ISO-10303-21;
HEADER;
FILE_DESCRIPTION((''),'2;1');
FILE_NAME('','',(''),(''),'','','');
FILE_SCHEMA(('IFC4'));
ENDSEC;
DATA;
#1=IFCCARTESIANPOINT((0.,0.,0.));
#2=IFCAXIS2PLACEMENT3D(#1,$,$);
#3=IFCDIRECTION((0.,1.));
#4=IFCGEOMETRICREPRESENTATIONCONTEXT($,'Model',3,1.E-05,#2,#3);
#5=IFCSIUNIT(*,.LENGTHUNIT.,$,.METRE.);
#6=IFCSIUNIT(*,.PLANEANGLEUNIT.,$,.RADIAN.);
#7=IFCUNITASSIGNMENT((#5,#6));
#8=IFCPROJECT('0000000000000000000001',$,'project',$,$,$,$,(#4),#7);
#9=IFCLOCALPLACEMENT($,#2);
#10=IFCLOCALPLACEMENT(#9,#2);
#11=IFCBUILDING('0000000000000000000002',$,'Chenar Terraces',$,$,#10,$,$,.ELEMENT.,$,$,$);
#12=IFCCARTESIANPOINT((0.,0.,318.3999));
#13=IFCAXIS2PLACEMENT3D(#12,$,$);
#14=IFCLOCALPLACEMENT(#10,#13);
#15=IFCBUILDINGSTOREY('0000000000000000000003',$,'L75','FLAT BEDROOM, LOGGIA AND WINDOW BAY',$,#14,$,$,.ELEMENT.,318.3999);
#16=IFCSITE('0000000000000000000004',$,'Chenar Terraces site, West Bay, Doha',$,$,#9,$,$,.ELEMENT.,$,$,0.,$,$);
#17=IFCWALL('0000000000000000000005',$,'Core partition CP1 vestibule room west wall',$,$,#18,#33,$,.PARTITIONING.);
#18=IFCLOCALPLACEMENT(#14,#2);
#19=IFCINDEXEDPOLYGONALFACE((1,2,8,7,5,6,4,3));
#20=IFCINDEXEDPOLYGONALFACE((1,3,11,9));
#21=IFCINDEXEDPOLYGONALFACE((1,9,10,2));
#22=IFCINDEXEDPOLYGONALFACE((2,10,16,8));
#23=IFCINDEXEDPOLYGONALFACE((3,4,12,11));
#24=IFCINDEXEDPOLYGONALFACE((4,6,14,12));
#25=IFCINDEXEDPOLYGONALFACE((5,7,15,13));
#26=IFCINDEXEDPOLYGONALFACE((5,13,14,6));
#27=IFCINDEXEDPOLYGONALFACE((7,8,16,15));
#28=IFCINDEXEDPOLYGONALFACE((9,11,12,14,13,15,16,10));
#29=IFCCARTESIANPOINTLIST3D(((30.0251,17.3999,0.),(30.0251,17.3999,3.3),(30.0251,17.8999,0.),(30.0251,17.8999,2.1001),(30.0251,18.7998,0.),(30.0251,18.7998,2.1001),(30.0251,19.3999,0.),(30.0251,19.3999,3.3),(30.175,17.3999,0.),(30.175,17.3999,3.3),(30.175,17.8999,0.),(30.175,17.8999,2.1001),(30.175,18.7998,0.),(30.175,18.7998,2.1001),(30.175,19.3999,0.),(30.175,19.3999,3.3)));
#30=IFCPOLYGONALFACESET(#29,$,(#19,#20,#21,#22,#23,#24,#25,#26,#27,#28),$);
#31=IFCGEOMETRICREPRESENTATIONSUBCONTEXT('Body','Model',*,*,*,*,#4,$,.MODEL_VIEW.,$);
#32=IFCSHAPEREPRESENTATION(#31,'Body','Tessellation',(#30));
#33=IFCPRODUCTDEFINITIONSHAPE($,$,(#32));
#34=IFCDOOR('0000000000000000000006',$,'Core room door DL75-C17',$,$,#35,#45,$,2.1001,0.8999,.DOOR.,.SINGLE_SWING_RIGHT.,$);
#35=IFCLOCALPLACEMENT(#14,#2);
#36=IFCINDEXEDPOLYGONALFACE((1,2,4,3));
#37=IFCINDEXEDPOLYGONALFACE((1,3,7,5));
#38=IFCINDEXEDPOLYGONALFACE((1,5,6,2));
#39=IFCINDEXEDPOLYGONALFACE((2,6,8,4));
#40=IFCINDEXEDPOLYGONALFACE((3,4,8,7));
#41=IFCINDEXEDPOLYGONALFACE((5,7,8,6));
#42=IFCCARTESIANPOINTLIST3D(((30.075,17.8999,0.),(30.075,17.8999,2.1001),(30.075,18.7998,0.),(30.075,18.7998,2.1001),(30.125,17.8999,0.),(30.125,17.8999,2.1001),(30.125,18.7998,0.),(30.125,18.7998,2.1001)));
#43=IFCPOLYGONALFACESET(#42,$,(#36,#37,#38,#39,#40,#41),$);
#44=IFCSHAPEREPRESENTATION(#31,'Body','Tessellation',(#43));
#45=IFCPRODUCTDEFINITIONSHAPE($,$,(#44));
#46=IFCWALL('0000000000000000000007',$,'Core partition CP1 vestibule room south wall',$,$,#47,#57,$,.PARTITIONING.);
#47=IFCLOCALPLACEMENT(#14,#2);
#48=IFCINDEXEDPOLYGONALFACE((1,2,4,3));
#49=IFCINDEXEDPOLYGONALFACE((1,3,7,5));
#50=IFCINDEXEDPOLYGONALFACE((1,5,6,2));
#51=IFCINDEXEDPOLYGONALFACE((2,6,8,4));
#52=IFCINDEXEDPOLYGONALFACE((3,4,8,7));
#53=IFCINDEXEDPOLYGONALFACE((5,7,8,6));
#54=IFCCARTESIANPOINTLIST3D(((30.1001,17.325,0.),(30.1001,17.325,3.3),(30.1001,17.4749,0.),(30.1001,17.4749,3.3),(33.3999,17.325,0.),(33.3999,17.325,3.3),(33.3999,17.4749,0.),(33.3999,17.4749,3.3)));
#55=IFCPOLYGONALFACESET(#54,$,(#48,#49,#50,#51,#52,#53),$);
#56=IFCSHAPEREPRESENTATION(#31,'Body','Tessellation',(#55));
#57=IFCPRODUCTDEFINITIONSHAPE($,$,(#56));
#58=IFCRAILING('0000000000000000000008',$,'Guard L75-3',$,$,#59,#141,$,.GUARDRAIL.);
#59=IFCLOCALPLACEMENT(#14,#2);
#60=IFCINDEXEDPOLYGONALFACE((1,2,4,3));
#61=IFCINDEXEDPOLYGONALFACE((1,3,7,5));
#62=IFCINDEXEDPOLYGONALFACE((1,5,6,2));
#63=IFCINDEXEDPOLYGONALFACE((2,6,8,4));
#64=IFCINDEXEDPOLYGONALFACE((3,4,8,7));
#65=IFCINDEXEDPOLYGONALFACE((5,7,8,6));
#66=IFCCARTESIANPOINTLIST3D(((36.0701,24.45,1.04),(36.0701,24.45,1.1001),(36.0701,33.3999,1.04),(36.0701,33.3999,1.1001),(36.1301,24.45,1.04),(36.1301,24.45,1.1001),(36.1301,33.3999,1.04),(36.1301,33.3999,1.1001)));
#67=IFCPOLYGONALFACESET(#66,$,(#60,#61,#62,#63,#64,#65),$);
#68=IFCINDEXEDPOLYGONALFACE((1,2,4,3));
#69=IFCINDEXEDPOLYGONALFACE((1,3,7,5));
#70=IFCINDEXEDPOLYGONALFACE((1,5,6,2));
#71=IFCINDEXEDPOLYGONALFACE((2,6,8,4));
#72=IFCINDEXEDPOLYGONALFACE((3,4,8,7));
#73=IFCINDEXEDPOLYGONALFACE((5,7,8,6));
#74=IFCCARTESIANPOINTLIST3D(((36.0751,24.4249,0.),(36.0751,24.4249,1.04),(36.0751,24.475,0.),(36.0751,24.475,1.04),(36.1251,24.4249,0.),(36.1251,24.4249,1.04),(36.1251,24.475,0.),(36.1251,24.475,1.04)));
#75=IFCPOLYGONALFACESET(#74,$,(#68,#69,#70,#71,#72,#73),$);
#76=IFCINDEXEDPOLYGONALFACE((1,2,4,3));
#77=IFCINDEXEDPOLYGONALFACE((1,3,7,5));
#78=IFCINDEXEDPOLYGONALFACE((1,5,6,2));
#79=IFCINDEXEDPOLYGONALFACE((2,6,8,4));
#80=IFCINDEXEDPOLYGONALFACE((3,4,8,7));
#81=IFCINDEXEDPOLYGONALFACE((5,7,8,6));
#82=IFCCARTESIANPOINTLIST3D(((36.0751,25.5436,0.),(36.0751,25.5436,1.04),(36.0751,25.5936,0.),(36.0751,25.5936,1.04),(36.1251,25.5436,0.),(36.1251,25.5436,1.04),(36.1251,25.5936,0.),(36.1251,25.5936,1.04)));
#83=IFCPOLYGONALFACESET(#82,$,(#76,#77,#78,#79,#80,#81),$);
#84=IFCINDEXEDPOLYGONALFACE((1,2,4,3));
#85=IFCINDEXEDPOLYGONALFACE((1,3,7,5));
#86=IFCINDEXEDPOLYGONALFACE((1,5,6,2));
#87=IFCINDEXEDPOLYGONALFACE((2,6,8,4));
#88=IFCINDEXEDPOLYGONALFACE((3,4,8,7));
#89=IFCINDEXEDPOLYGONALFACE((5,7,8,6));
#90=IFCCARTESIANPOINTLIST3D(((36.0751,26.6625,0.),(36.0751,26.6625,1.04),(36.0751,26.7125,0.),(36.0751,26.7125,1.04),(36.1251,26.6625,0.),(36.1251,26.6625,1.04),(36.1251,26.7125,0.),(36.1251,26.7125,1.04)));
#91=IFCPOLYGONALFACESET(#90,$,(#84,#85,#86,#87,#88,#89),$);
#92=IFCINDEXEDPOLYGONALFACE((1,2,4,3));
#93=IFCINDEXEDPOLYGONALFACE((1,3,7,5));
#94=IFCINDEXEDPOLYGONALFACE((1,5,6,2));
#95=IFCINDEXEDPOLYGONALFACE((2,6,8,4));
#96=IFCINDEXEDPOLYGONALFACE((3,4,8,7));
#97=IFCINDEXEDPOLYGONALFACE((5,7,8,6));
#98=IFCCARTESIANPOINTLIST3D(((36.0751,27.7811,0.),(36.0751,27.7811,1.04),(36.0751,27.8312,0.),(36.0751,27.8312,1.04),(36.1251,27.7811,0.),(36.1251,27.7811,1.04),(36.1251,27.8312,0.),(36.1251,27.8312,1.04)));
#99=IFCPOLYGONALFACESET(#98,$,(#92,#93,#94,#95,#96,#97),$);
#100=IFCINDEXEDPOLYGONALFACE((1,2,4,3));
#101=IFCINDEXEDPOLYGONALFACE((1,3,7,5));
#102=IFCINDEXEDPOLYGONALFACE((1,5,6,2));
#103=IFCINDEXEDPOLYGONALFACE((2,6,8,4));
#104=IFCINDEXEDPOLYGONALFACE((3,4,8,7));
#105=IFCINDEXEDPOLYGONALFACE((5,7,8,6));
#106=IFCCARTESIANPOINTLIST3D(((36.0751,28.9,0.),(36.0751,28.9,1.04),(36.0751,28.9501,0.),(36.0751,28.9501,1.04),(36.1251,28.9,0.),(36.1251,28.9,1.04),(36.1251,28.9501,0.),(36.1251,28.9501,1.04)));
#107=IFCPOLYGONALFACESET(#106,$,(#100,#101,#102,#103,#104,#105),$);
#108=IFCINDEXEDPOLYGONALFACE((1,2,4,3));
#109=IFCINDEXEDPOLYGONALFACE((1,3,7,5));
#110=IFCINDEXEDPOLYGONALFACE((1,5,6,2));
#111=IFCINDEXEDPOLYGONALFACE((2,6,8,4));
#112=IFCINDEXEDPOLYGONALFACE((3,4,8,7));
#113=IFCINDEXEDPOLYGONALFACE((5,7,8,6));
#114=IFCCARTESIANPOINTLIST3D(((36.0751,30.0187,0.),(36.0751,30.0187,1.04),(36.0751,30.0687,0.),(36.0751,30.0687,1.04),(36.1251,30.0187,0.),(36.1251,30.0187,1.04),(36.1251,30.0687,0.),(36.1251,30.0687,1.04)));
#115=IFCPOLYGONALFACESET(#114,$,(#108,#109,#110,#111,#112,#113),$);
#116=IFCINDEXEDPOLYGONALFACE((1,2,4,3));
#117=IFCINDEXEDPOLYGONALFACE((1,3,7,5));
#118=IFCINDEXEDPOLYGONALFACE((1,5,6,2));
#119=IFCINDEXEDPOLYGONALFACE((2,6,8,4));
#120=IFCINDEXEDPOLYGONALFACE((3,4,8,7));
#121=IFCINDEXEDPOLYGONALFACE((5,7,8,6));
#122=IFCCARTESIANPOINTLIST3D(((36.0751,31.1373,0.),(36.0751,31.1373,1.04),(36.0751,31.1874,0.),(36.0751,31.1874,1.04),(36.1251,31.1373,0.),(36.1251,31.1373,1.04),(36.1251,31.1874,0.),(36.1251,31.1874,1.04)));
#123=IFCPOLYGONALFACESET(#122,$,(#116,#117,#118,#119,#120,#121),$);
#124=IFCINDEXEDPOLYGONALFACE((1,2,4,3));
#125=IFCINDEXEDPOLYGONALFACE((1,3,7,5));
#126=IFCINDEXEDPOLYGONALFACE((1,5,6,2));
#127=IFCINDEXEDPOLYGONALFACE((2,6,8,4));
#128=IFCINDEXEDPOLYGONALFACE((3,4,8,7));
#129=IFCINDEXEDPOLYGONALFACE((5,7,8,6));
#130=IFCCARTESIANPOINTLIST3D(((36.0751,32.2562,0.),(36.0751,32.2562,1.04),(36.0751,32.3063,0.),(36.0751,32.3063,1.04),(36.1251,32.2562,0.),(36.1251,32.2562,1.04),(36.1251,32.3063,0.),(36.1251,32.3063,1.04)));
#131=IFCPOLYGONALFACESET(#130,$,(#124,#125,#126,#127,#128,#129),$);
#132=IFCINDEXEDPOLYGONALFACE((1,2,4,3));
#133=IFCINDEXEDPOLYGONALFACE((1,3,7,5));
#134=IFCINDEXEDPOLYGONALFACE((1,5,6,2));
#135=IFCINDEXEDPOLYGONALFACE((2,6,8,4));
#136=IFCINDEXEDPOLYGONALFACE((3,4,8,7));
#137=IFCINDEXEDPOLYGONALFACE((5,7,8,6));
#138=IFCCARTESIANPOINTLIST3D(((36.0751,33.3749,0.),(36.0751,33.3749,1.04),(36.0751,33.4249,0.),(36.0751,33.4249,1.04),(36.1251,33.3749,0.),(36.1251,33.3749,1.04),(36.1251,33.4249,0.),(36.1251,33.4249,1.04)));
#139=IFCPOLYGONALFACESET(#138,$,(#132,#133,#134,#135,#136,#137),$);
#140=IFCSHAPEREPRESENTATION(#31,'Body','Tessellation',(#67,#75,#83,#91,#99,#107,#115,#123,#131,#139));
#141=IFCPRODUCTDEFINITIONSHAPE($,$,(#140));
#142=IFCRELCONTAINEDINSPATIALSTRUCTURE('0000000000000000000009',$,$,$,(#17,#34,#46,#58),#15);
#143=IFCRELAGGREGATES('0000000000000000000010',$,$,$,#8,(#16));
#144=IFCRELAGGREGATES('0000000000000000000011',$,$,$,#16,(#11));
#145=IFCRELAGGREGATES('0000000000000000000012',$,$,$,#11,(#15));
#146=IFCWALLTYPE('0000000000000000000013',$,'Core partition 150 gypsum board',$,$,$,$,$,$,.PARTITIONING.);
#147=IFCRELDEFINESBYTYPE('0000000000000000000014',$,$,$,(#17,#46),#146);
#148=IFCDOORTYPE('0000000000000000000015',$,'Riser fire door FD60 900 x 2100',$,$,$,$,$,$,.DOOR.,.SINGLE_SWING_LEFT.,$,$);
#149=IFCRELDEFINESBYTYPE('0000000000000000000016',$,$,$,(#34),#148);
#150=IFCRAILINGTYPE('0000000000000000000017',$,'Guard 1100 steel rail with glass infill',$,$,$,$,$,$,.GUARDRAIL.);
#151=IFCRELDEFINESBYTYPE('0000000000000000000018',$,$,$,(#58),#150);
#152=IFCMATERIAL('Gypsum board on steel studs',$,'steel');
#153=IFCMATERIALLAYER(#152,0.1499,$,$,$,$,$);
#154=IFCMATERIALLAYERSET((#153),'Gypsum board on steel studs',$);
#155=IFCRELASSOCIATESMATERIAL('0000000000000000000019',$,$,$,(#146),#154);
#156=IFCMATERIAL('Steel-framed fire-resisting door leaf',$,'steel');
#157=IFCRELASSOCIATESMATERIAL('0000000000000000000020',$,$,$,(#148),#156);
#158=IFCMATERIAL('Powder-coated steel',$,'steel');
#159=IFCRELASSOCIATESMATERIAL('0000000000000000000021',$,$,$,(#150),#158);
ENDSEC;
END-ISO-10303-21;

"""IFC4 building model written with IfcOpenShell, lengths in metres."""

from ifc_helpers import new_model, si_unit, direction, frame, frame_2d, origin, origin_2d, place, context, subcontext, project, spatial, rectangle, extrude, material, layer, layer_set, type_object, element, fill, save


model = new_model("IFC4")

# Units and contexts
model_context = context("Model", 3, precision=1e-05, world=origin(), true_north=direction((0.0, 1.0)))
body_context = subcontext(model_context, "Body", "Model", "MODEL_VIEW")
ifc_project = project(units=[si_unit("LENGTHUNIT", "METRE"), si_unit("PLANEANGLEUNIT", "RADIAN")], contexts=[model_context])

# Site, building, storey
site_placement = place(None, origin())
site = spatial("IfcSite", under=ifc_project, at=site_placement, Name="Chenar Terraces site, West Bay, Doha", CompositionType="ELEMENT", RefElevation=0.0)
building_placement = place(site_placement, origin())
building = spatial("IfcBuilding", under=site, at=building_placement, Name="Chenar Terraces", CompositionType="ELEMENT")
storey_placement = place(building_placement, frame((0.0, 0.0, 318.3999)))
storey = spatial("IfcBuildingStorey", under=building, at=storey_placement, Name="L75", Description="FLAT BEDROOM, LOGGIA AND WINDOW BAY", CompositionType="ELEMENT", Elevation=318.3999)

# Wall, opening, door
ifc_material_1 = material(Name="Gypsum board on steel studs", Category="steel")
ifc_layer_1 = layer(ifc_material_1, 0.1499)
ifc_layer_set_1 = layer_set([ifc_layer_1], Name="Gypsum board on steel studs")
wall_type = type_object("IfcWallType", Name="Core partition 150 gypsum board", PredefinedType="PARTITIONING", material=ifc_layer_set_1)
wall_1_placement = place(storey_placement, frame((30.1001, 17.3999, 0.0), z_axis=(0.0, 0.0, 1.0), x_axis=(0.0, 1.0, 0.0)))
wall_1 = element("IfcWall", 1, at=wall_1_placement, inside=storey, type_object=wall_type, Name="Core partition CP1 vestibule room west wall", PredefinedType="PARTITIONING", context=body_context, shape_type="SweptSolid", body=[
    extrude(rectangle(XDim=2.0, YDim=0.1499, at=frame_2d((1.0, 0.0))), origin(), (0.0, 0.0, 1.0), 3.3),
])
opening_placement = place(wall_1_placement, frame((0.5, 0.0, 0.0)))
opening = element("IfcOpeningElement", 2, at=opening_placement, cuts=wall_1, PredefinedType="OPENING", context=body_context, shape_type="SweptSolid", body=[
    extrude(rectangle(XDim=0.8999, YDim=2.1001, at=frame_2d((0.45, 1.05))), frame((0.0, 0.085, 0.0), z_axis=(0.0, -1.0, 0.0), x_axis=(1.0, 0.0, 0.0)), (0.0, 0.0, 1.0), 0.1699),
])
ifc_material_2 = material(Name="Steel-framed fire-resisting door leaf", Category="steel")
door_type = type_object("IfcDoorType", Name="Riser fire door FD60 900 x 2100", OperationType="SINGLE_SWING_LEFT", PredefinedType="DOOR", material=ifc_material_2)
door_placement = place(opening_placement, frame((0.8999, 0.0, 0.0), z_axis=(0.0, 0.0, 1.0), x_axis=(-1.0, 0.0, 0.0)))
door = element("IfcDoor", 3, at=door_placement, inside=storey, type_object=door_type, Name="Core room door DL75-C17", OperationType="SINGLE_SWING_RIGHT", OverallHeight=2.1001, OverallWidth=0.8999, PredefinedType="DOOR", context=body_context, shape_type="SweptSolid", body=[
    extrude(rectangle(XDim=0.8999, YDim=2.1001, at=frame_2d((0.45, 1.05))), frame((0.0, 0.0249, 0.0), z_axis=(0.0, -1.0, 0.0), x_axis=(1.0, 0.0, 0.0)), (0.0, 0.0, 1.0), 0.05),
])
fill(opening, door)

# Wall
wall_2_placement = place(storey_placement, frame((30.1001, 17.3999, 0.0), z_axis=(0.0, 0.0, 1.0), x_axis=(1.0, 0.0, 0.0)))
element("IfcWall", 4, at=wall_2_placement, inside=storey, type_object=wall_type, Name="Core partition CP1 vestibule room south wall", PredefinedType="PARTITIONING", context=body_context, shape_type="SweptSolid", body=[
    extrude(rectangle(XDim=3.2998, YDim=0.1499, at=frame_2d((1.6499, 0.0))), origin(), (0.0, 0.0, 1.0), 3.3),
])

# Railing
ifc_material_3 = material(Name="Powder-coated steel", Category="steel")
railing_type = type_object("IfcRailingType", Name="Guard 1100 steel rail with glass infill", PredefinedType="GUARDRAIL", material=ifc_material_3)
railing_placement = place(storey_placement, frame((36.1001, 24.45, 0.0)))
element("IfcRailing", 5, at=railing_placement, inside=storey, type_object=railing_type, Name="Guard L75-3", PredefinedType="GUARDRAIL", context=body_context, shape_type="SweptSolid", body=[
    extrude(rectangle(XDim=0.0601, YDim=0.0601, at=origin_2d()), frame((0.0, 0.0, 1.0701), z_axis=(0.0, 1.0, 0.0), x_axis=(-1.0, 0.0, 0.0)), (0.0, 0.0, 1.0), 8.95),
    extrude(rectangle(XDim=0.05, YDim=0.05, at=origin_2d()), origin(), (0.0, 0.0, 1.0), 1.04),
    extrude(rectangle(XDim=0.05, YDim=0.05, at=origin_2d()), frame((0.0, 1.1187, 0.0)), (0.0, 0.0, 1.0), 1.04),
    extrude(rectangle(XDim=0.05, YDim=0.05, at=origin_2d()), frame((0.0, 2.2375, 0.0)), (0.0, 0.0, 1.0), 1.04),
    extrude(rectangle(XDim=0.05, YDim=0.05, at=origin_2d()), frame((0.0, 3.3562, 0.0)), (0.0, 0.0, 1.0), 1.04),
    extrude(rectangle(XDim=0.05, YDim=0.05, at=origin_2d()), frame((0.0, 4.4751, 0.0)), (0.0, 0.0, 1.0), 1.04),
    extrude(rectangle(XDim=0.05, YDim=0.05, at=origin_2d()), frame((0.0, 5.5938, 0.0)), (0.0, 0.0, 1.0), 1.04),
    extrude(rectangle(XDim=0.05, YDim=0.05, at=origin_2d()), frame((0.0, 6.7124, 0.0)), (0.0, 0.0, 1.0), 1.04),
    extrude(rectangle(XDim=0.05, YDim=0.05, at=origin_2d()), frame((0.0, 7.8313, 0.0)), (0.0, 0.0, 1.0), 1.04),
    extrude(rectangle(XDim=0.05, YDim=0.05, at=origin_2d()), frame((0.0, 8.95, 0.0)), (0.0, 0.0, 1.0), 1.04),
])

save(model, "model.ifc")
